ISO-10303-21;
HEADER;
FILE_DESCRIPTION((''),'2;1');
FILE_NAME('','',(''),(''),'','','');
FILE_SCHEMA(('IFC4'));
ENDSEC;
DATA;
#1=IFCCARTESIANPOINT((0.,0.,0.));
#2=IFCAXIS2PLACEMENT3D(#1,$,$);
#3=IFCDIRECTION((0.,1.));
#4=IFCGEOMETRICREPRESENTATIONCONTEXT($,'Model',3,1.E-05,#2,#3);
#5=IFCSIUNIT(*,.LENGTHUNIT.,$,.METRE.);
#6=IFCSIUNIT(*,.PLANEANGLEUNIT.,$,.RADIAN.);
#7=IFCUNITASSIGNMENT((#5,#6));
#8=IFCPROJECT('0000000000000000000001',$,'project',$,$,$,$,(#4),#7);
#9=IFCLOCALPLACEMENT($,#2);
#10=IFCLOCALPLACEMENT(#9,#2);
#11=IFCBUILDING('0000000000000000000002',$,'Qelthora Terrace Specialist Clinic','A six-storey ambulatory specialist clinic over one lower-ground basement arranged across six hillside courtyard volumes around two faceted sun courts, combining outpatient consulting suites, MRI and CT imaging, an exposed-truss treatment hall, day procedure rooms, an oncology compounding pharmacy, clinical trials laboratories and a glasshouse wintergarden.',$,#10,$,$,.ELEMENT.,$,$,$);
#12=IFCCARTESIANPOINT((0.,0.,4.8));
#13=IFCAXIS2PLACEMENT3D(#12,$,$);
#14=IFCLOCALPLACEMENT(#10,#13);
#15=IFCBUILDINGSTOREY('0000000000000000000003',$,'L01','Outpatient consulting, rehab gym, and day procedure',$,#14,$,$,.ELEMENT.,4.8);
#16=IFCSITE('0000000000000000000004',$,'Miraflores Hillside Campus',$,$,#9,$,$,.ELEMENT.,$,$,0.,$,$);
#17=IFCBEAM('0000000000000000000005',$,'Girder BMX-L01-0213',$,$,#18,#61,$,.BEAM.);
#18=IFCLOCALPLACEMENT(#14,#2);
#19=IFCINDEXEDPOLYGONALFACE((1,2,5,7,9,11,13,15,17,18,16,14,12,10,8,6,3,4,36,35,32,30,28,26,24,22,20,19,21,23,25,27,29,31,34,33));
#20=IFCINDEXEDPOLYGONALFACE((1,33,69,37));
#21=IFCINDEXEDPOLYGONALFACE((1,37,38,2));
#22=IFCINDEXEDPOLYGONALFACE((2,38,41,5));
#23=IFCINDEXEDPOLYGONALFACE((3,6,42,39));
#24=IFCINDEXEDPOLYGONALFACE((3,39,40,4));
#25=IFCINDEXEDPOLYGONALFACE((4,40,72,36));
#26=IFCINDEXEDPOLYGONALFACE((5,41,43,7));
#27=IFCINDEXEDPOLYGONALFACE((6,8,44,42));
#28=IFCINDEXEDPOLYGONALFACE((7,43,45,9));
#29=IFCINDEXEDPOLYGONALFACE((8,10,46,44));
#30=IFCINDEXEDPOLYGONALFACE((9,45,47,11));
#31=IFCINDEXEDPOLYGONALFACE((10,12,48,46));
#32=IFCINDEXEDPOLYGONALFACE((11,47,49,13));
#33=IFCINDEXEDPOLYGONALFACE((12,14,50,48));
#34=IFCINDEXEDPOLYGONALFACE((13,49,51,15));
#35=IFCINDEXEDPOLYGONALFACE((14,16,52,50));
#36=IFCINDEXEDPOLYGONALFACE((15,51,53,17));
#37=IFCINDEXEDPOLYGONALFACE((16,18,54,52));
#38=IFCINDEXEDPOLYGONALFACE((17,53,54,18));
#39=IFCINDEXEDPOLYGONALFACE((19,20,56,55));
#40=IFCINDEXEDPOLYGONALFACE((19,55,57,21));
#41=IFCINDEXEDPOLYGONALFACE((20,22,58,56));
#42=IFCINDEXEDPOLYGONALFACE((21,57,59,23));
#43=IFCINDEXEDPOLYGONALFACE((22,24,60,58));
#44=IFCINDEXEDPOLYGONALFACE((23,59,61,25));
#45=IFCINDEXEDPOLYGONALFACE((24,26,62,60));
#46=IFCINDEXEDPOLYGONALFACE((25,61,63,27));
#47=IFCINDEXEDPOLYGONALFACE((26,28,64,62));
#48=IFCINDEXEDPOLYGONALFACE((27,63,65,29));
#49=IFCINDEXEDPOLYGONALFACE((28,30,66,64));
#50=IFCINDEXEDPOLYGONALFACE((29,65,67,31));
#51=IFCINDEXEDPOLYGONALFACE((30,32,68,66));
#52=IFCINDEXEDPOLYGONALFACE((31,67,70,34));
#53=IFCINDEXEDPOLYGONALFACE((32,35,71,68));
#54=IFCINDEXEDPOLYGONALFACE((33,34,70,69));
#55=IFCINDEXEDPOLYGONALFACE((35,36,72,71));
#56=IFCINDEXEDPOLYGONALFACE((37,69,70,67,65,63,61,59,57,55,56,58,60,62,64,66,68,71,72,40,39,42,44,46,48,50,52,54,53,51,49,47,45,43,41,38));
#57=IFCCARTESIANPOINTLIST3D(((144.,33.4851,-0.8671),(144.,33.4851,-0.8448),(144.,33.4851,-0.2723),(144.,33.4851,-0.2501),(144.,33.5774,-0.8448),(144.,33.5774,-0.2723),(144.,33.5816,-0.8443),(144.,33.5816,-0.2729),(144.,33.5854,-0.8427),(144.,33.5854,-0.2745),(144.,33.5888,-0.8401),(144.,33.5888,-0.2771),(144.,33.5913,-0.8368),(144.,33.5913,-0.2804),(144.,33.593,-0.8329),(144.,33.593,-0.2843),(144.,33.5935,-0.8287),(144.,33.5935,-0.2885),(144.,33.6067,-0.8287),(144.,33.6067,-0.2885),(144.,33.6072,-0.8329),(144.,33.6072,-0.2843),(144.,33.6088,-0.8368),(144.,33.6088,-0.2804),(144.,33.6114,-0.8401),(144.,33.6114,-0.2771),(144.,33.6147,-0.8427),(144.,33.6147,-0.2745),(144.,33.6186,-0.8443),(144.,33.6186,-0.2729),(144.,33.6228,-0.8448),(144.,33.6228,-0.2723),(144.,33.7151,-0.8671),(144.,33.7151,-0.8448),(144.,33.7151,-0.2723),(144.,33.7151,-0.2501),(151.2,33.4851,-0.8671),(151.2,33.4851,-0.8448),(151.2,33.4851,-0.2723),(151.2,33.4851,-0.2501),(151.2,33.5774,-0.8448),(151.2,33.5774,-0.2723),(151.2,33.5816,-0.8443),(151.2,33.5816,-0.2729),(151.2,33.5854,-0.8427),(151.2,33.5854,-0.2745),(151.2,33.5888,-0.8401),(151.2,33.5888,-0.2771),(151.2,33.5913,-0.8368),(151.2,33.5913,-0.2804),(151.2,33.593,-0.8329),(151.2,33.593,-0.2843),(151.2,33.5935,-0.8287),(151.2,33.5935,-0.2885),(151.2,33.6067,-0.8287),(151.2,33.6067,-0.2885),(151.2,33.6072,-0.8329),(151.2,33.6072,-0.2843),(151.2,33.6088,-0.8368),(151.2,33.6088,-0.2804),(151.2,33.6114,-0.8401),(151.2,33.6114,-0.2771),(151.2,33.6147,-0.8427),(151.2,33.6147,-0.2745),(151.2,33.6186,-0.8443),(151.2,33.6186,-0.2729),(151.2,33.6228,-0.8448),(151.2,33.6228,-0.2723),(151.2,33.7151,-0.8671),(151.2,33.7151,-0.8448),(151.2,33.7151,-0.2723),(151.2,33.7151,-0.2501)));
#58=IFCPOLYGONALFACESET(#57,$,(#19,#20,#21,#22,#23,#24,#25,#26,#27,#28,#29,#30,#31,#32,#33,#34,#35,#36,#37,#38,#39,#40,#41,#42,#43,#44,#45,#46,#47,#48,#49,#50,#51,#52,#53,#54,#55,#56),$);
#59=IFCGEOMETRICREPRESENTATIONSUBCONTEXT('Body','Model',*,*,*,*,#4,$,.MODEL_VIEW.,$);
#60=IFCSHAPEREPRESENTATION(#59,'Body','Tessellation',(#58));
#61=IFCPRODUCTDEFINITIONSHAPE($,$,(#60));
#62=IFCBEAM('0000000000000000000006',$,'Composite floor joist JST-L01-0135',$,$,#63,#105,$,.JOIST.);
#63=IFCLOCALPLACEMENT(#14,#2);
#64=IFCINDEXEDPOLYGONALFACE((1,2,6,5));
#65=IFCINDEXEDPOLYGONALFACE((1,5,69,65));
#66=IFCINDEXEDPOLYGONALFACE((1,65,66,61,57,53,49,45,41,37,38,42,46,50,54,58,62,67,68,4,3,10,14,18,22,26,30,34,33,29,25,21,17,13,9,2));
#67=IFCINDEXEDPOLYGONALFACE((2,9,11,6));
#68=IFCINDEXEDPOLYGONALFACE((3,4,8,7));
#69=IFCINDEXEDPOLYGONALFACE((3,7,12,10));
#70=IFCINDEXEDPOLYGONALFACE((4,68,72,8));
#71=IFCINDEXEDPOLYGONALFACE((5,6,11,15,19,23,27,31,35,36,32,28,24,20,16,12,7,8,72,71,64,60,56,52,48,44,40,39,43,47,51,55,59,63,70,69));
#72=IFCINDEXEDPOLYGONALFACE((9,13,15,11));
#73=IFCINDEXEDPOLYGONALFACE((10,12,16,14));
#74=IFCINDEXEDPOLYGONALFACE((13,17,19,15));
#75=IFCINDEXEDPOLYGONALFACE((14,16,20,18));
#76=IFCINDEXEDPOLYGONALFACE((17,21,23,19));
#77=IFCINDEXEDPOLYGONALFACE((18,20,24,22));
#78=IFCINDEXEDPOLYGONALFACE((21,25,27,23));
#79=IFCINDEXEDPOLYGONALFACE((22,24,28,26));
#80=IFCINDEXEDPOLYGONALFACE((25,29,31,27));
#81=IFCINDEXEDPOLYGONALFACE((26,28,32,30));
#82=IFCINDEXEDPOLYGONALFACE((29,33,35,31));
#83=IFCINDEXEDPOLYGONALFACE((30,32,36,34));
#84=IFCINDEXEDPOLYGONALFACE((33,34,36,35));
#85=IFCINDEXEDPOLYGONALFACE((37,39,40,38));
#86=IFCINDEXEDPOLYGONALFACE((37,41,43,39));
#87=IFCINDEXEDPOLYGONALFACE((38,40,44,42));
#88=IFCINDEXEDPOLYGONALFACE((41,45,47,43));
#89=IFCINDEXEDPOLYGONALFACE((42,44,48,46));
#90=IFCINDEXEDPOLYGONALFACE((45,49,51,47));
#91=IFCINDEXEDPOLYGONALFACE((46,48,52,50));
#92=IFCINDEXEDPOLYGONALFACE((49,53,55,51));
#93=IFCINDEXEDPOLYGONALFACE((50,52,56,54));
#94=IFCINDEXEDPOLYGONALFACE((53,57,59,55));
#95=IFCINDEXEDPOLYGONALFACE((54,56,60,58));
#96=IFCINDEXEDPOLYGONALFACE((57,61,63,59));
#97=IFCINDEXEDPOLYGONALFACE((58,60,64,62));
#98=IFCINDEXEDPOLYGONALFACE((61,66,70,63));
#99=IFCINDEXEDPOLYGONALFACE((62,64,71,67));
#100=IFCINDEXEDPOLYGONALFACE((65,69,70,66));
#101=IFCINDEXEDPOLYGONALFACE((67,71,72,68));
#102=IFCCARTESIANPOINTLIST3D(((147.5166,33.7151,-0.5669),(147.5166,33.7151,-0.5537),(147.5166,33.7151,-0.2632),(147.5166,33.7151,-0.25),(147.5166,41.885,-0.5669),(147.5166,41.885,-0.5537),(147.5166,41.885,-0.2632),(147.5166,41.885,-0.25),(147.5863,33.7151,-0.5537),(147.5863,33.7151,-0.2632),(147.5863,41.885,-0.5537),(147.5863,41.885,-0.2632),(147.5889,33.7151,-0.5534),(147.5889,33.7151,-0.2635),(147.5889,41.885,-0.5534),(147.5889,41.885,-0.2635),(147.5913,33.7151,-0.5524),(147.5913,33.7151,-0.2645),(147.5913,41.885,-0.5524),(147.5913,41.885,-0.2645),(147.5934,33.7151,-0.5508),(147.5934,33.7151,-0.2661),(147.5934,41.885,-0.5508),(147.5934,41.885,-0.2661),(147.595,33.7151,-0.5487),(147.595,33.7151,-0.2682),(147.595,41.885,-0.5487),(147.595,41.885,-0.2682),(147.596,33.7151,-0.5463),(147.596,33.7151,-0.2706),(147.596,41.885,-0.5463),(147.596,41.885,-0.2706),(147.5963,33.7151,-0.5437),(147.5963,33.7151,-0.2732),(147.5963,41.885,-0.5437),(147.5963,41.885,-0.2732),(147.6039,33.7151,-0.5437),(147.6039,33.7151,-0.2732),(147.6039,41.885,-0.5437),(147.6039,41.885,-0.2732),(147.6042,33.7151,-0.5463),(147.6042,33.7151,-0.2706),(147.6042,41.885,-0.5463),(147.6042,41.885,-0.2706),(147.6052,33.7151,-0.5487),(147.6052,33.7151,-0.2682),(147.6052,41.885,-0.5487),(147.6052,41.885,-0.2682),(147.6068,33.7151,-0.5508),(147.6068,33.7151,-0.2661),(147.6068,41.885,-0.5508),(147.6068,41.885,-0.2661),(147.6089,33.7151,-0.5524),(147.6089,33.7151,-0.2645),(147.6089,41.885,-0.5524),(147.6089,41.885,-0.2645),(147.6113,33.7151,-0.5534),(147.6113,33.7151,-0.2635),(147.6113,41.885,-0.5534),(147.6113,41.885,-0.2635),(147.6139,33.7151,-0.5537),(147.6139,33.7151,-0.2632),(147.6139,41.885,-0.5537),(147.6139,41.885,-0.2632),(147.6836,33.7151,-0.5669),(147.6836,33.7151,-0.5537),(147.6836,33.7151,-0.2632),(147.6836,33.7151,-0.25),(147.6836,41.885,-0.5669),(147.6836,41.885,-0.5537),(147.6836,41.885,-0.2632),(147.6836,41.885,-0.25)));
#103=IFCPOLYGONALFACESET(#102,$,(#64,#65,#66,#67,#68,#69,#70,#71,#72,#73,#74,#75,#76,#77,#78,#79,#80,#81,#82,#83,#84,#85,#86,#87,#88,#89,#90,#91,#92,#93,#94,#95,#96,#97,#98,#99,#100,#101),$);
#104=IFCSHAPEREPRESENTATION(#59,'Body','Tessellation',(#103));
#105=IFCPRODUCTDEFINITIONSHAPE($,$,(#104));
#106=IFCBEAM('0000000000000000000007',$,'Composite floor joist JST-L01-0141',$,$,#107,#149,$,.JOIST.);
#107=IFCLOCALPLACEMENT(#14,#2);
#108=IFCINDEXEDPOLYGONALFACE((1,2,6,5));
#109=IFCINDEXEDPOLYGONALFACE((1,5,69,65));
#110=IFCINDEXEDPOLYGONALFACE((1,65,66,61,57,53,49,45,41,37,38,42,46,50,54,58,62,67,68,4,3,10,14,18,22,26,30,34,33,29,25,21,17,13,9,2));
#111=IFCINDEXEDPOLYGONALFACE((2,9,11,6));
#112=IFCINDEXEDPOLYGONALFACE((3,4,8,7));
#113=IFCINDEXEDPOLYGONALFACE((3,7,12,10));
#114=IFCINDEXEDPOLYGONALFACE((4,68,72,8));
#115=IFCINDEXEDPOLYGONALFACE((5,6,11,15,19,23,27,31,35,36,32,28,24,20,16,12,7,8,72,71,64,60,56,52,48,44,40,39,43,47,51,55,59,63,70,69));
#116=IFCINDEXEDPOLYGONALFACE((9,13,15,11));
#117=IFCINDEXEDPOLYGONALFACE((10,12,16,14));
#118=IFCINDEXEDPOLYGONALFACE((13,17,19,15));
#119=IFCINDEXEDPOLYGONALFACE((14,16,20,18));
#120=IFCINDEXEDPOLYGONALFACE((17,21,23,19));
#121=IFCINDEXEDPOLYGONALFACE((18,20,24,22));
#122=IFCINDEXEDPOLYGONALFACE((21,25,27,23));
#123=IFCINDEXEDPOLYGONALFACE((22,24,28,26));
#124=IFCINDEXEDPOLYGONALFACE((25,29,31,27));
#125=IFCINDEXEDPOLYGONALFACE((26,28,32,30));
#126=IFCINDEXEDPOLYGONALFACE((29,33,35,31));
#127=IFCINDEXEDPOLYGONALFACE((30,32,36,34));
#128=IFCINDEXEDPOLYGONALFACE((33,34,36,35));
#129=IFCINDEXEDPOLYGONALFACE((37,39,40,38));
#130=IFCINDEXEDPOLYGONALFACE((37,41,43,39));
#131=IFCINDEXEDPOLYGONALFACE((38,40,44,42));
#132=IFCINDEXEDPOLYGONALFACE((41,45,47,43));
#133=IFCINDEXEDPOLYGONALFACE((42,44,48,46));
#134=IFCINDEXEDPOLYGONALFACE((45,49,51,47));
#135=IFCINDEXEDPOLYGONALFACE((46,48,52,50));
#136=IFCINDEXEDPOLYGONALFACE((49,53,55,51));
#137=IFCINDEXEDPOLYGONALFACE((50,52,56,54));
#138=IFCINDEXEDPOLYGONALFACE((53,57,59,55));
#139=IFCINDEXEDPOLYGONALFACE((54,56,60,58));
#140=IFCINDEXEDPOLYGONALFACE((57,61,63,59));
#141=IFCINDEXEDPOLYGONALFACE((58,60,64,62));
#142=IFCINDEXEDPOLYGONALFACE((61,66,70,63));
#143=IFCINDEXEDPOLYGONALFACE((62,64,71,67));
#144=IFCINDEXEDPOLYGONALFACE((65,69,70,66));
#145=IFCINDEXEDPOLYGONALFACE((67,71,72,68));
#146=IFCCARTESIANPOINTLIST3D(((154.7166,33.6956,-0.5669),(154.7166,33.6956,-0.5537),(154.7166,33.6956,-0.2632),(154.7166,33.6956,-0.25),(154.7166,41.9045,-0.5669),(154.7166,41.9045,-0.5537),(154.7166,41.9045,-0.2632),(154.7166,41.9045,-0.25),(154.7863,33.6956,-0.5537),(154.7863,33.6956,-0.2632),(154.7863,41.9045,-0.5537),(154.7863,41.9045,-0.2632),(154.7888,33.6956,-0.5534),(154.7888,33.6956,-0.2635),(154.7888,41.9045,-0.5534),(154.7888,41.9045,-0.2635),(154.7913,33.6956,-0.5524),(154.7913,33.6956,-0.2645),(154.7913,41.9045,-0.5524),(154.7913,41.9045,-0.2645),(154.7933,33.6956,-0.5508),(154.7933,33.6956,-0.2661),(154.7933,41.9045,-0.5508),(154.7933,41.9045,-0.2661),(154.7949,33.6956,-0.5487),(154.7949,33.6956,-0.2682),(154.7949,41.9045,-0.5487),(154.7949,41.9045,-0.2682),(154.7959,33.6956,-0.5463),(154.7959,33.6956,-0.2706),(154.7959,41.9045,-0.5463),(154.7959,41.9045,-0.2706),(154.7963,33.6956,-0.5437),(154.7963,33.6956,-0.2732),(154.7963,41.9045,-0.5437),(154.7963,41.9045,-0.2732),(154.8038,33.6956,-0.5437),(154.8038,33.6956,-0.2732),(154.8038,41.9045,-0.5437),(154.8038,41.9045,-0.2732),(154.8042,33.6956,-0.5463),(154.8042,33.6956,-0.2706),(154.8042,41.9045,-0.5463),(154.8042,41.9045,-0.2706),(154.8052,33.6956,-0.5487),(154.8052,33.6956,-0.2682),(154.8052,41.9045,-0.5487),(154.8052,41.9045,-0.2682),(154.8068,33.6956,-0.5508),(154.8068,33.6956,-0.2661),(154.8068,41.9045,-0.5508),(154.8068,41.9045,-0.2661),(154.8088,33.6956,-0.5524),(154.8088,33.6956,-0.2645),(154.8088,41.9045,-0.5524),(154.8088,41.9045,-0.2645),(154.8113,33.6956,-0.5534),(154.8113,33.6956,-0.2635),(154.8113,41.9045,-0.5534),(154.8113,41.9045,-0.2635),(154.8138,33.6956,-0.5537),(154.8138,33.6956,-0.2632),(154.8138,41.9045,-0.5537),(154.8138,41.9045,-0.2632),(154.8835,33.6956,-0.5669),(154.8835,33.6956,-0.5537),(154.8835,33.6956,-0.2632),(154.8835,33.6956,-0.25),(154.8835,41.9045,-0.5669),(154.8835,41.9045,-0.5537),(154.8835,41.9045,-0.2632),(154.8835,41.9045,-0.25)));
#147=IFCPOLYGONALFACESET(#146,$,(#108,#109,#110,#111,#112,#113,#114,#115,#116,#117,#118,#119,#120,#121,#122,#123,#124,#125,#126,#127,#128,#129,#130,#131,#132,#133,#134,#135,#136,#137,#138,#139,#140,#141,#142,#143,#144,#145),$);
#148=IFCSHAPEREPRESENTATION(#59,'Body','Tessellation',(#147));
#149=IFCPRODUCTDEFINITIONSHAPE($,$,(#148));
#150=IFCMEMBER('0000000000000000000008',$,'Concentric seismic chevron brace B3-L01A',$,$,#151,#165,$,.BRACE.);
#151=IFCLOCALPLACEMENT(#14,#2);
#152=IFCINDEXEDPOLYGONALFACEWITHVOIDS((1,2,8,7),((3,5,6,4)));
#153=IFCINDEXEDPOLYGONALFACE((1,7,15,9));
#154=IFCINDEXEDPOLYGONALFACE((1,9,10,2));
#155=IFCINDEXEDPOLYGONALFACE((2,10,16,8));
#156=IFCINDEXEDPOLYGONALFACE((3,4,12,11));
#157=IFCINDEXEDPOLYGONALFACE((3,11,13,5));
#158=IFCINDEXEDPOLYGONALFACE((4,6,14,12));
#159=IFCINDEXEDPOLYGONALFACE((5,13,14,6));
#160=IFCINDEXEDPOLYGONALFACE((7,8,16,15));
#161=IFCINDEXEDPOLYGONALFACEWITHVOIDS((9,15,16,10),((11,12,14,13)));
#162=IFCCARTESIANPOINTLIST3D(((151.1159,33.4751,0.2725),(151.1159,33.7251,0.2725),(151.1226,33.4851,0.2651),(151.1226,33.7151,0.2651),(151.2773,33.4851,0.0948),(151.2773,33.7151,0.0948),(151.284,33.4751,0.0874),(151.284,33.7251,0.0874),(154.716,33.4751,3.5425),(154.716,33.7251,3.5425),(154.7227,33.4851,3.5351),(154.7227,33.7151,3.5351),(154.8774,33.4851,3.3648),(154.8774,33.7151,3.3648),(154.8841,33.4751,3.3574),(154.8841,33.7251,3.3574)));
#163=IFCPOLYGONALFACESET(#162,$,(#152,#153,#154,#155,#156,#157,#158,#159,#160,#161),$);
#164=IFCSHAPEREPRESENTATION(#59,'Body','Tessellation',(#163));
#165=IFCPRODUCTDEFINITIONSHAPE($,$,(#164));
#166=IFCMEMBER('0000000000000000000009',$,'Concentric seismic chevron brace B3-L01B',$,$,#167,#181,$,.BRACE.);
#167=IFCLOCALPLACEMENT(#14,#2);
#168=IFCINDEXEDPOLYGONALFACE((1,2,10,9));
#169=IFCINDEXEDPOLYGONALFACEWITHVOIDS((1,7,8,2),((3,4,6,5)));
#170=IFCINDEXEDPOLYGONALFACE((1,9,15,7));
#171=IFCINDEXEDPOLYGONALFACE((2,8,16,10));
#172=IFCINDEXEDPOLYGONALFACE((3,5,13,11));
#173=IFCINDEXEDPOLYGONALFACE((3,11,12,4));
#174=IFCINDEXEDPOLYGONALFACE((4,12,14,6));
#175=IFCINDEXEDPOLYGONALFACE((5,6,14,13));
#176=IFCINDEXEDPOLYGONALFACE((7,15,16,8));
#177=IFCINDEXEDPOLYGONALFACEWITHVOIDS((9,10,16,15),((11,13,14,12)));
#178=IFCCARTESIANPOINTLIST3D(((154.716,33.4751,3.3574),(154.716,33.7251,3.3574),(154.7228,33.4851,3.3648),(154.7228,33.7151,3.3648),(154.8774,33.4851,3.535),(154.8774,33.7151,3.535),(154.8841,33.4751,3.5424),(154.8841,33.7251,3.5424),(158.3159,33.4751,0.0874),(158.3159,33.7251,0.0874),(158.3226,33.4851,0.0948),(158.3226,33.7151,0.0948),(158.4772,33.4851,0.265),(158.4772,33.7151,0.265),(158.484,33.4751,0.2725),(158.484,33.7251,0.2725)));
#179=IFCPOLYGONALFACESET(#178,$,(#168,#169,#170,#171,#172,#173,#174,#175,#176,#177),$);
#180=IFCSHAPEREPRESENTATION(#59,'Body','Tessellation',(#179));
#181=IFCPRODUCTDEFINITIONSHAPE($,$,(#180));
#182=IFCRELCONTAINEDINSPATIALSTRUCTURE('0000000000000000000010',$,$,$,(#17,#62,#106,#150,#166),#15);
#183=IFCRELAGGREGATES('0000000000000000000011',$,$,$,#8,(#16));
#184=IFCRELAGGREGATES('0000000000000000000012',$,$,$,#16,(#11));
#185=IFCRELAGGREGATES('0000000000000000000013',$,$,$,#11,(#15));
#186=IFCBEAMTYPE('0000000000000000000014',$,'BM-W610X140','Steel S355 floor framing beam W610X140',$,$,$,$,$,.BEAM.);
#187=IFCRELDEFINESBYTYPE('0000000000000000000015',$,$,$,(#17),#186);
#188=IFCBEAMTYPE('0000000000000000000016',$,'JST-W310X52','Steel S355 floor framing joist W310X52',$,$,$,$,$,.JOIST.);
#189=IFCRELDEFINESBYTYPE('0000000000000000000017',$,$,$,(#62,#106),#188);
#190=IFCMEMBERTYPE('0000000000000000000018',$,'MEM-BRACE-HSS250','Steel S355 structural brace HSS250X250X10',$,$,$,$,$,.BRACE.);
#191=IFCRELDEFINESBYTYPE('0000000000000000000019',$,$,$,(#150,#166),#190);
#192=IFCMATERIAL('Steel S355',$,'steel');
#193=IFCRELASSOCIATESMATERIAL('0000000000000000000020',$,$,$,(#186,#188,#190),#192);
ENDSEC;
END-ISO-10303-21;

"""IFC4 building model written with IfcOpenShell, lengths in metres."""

from ifc_helpers import new_model, si_unit, direction, frame, origin, origin_2d, place, context, subcontext, project, spatial, hollow_rectangle, i_section, extrude, material, material_profile, profile_set, type_object, element, save


model = new_model("IFC4")

# Units and contexts
model_context = context("Model", 3, precision=1e-05, world=origin(), true_north=direction((0.0, 1.0)))
body_context = subcontext(model_context, "Body", "Model", "MODEL_VIEW")
ifc_project = project(units=[si_unit("LENGTHUNIT", "METRE"), si_unit("PLANEANGLEUNIT", "RADIAN")], contexts=[model_context])

# Site, building, storey
site_placement = place(None, origin())
site = spatial("IfcSite", under=ifc_project, at=site_placement, Name="Miraflores Hillside Campus", CompositionType="ELEMENT", RefElevation=0.0)
building_placement = place(site_placement, origin())
building = spatial("IfcBuilding", under=site, at=building_placement, Name="Qelthora Terrace Specialist Clinic", Description="A six-storey ambulatory specialist clinic over one lower-ground basement arranged across six hillside courtyard volumes around two faceted sun courts, combining outpatient consulting suites, MRI and CT imaging, an exposed-truss treatment hall, day procedure rooms, an oncology compounding pharmacy, clinical trials laboratories and a glasshouse wintergarden.", CompositionType="ELEMENT")
storey_placement = place(building_placement, frame((0.0, 0.0, 4.8)))
storey = spatial("IfcBuildingStorey", under=building, at=storey_placement, Name="L01", Description="Outpatient consulting, rehab gym, and day procedure", CompositionType="ELEMENT", Elevation=4.8)

# Shared definitions
ifc_material_1 = material(Name="Steel S355", Category="steel")

# Beams
ifc_material_profile_1 = material_profile(ifc_material_1, i_section(OverallWidth=0.23, OverallDepth=0.6169, WebThickness=0.0132, FlangeThickness=0.0222, FilletRadius=0.0161, at=origin_2d()), Name="W610X140")
ifc_profile_set_1 = profile_set([ifc_material_profile_1], Name="Steel S355")
beam_type_1 = type_object("IfcBeamType", Name="BM-W610X140", Description="Steel S355 floor framing beam W610X140", PredefinedType="BEAM", material=ifc_profile_set_1)
beam_1_placement = place(storey_placement, frame((144.0, 33.6001, -0.5586), z_axis=(1.0, 0.0, 0.0), x_axis=(0.0, 1.0, 0.0)))
element("IfcBeam", 1, at=beam_1_placement, inside=storey, type_object=beam_type_1, Name="Girder BMX-L01-0213", PredefinedType="BEAM", context=body_context, shape_type="SweptSolid", body=[
    extrude(i_section(OverallWidth=0.23, OverallDepth=0.6169, WebThickness=0.0132, FlangeThickness=0.0222, FilletRadius=0.0161, at=origin_2d()), origin(), (0.0, 0.0, 1.0), 7.2),
])
ifc_material_profile_2 = material_profile(ifc_material_1, i_section(OverallWidth=0.167, OverallDepth=0.3169, WebThickness=0.0076, FlangeThickness=0.0132, FilletRadius=0.01, at=origin_2d()), Name="W310X52")
ifc_profile_set_2 = profile_set([ifc_material_profile_2], Name="Steel S355")
beam_type_2 = type_object("IfcBeamType", Name="JST-W310X52", Description="Steel S355 floor framing joist W310X52", PredefinedType="JOIST", material=ifc_profile_set_2)
beam_2_placement = place(storey_placement, frame((147.6001, 33.7151, -0.4084), z_axis=(0.0, 1.0, 0.0), x_axis=(-1.0, 0.0, 0.0)))
element("IfcBeam", 2, at=beam_2_placement, inside=storey, type_object=beam_type_2, Name="Composite floor joist JST-L01-0135", PredefinedType="JOIST", context=body_context, shape_type="SweptSolid", body=[
    extrude(i_section(OverallWidth=0.167, OverallDepth=0.3169, WebThickness=0.0076, FlangeThickness=0.0132, FilletRadius=0.01, at=origin_2d()), origin(), (0.0, 0.0, 1.0), 8.1699),
])
beam_3_placement = place(storey_placement, frame((154.8, 33.6956, -0.4084), z_axis=(0.0, 1.0, 0.0), x_axis=(-1.0, 0.0, 0.0)))
element("IfcBeam", 3, at=beam_3_placement, inside=storey, type_object=beam_type_2, Name="Composite floor joist JST-L01-0141", PredefinedType="JOIST", context=body_context, shape_type="SweptSolid", body=[
    extrude(i_section(OverallWidth=0.167, OverallDepth=0.3169, WebThickness=0.0076, FlangeThickness=0.0132, FilletRadius=0.01, at=origin_2d()), origin(), (0.0, 0.0, 1.0), 8.209),
])

# Members
ifc_material_profile_3 = material_profile(ifc_material_1, hollow_rectangle(XDim=0.25, YDim=0.25, WallThickness=0.01, at=origin_2d()), Name="HSS250X250X10")
ifc_profile_set_3 = profile_set([ifc_material_profile_3], Name="Steel S355")
member_type = type_object("IfcMemberType", Name="MEM-BRACE-HSS250", Description="Steel S355 structural brace HSS250X250X10", PredefinedType="BRACE", material=ifc_profile_set_3)
member_1_placement = place(storey_placement, frame((151.2, 33.6001, 0.1799), z_axis=(0.740226, 0.0, 0.672358), x_axis=(0.0, 1.0, 0.0)))
element("IfcMember", 4, at=member_1_placement, inside=storey, type_object=member_type, Name="Concentric seismic chevron brace B3-L01A", PredefinedType="BRACE", context=body_context, shape_type="SweptSolid", body=[
    extrude(hollow_rectangle(XDim=0.25, YDim=0.25, WallThickness=0.01, at=origin_2d()), origin(), (0.0, 0.0, 1.0), 4.8635),
])
member_2_placement = place(storey_placement, frame((158.3999, 33.6001, 0.1799), z_axis=(-0.740204, 0.0, 0.672383), x_axis=(0.0, -1.0, 0.0)))
element("IfcMember", 5, at=member_2_placement, inside=storey, type_object=member_type, Name="Concentric seismic chevron brace B3-L01B", PredefinedType="BRACE", context=body_context, shape_type="SweptSolid", body=[
    extrude(hollow_rectangle(XDim=0.25, YDim=0.25, WallThickness=0.01, at=origin_2d()), origin(), (0.0, 0.0, 1.0), 4.8633),
])

save(model, "model.ifc")
